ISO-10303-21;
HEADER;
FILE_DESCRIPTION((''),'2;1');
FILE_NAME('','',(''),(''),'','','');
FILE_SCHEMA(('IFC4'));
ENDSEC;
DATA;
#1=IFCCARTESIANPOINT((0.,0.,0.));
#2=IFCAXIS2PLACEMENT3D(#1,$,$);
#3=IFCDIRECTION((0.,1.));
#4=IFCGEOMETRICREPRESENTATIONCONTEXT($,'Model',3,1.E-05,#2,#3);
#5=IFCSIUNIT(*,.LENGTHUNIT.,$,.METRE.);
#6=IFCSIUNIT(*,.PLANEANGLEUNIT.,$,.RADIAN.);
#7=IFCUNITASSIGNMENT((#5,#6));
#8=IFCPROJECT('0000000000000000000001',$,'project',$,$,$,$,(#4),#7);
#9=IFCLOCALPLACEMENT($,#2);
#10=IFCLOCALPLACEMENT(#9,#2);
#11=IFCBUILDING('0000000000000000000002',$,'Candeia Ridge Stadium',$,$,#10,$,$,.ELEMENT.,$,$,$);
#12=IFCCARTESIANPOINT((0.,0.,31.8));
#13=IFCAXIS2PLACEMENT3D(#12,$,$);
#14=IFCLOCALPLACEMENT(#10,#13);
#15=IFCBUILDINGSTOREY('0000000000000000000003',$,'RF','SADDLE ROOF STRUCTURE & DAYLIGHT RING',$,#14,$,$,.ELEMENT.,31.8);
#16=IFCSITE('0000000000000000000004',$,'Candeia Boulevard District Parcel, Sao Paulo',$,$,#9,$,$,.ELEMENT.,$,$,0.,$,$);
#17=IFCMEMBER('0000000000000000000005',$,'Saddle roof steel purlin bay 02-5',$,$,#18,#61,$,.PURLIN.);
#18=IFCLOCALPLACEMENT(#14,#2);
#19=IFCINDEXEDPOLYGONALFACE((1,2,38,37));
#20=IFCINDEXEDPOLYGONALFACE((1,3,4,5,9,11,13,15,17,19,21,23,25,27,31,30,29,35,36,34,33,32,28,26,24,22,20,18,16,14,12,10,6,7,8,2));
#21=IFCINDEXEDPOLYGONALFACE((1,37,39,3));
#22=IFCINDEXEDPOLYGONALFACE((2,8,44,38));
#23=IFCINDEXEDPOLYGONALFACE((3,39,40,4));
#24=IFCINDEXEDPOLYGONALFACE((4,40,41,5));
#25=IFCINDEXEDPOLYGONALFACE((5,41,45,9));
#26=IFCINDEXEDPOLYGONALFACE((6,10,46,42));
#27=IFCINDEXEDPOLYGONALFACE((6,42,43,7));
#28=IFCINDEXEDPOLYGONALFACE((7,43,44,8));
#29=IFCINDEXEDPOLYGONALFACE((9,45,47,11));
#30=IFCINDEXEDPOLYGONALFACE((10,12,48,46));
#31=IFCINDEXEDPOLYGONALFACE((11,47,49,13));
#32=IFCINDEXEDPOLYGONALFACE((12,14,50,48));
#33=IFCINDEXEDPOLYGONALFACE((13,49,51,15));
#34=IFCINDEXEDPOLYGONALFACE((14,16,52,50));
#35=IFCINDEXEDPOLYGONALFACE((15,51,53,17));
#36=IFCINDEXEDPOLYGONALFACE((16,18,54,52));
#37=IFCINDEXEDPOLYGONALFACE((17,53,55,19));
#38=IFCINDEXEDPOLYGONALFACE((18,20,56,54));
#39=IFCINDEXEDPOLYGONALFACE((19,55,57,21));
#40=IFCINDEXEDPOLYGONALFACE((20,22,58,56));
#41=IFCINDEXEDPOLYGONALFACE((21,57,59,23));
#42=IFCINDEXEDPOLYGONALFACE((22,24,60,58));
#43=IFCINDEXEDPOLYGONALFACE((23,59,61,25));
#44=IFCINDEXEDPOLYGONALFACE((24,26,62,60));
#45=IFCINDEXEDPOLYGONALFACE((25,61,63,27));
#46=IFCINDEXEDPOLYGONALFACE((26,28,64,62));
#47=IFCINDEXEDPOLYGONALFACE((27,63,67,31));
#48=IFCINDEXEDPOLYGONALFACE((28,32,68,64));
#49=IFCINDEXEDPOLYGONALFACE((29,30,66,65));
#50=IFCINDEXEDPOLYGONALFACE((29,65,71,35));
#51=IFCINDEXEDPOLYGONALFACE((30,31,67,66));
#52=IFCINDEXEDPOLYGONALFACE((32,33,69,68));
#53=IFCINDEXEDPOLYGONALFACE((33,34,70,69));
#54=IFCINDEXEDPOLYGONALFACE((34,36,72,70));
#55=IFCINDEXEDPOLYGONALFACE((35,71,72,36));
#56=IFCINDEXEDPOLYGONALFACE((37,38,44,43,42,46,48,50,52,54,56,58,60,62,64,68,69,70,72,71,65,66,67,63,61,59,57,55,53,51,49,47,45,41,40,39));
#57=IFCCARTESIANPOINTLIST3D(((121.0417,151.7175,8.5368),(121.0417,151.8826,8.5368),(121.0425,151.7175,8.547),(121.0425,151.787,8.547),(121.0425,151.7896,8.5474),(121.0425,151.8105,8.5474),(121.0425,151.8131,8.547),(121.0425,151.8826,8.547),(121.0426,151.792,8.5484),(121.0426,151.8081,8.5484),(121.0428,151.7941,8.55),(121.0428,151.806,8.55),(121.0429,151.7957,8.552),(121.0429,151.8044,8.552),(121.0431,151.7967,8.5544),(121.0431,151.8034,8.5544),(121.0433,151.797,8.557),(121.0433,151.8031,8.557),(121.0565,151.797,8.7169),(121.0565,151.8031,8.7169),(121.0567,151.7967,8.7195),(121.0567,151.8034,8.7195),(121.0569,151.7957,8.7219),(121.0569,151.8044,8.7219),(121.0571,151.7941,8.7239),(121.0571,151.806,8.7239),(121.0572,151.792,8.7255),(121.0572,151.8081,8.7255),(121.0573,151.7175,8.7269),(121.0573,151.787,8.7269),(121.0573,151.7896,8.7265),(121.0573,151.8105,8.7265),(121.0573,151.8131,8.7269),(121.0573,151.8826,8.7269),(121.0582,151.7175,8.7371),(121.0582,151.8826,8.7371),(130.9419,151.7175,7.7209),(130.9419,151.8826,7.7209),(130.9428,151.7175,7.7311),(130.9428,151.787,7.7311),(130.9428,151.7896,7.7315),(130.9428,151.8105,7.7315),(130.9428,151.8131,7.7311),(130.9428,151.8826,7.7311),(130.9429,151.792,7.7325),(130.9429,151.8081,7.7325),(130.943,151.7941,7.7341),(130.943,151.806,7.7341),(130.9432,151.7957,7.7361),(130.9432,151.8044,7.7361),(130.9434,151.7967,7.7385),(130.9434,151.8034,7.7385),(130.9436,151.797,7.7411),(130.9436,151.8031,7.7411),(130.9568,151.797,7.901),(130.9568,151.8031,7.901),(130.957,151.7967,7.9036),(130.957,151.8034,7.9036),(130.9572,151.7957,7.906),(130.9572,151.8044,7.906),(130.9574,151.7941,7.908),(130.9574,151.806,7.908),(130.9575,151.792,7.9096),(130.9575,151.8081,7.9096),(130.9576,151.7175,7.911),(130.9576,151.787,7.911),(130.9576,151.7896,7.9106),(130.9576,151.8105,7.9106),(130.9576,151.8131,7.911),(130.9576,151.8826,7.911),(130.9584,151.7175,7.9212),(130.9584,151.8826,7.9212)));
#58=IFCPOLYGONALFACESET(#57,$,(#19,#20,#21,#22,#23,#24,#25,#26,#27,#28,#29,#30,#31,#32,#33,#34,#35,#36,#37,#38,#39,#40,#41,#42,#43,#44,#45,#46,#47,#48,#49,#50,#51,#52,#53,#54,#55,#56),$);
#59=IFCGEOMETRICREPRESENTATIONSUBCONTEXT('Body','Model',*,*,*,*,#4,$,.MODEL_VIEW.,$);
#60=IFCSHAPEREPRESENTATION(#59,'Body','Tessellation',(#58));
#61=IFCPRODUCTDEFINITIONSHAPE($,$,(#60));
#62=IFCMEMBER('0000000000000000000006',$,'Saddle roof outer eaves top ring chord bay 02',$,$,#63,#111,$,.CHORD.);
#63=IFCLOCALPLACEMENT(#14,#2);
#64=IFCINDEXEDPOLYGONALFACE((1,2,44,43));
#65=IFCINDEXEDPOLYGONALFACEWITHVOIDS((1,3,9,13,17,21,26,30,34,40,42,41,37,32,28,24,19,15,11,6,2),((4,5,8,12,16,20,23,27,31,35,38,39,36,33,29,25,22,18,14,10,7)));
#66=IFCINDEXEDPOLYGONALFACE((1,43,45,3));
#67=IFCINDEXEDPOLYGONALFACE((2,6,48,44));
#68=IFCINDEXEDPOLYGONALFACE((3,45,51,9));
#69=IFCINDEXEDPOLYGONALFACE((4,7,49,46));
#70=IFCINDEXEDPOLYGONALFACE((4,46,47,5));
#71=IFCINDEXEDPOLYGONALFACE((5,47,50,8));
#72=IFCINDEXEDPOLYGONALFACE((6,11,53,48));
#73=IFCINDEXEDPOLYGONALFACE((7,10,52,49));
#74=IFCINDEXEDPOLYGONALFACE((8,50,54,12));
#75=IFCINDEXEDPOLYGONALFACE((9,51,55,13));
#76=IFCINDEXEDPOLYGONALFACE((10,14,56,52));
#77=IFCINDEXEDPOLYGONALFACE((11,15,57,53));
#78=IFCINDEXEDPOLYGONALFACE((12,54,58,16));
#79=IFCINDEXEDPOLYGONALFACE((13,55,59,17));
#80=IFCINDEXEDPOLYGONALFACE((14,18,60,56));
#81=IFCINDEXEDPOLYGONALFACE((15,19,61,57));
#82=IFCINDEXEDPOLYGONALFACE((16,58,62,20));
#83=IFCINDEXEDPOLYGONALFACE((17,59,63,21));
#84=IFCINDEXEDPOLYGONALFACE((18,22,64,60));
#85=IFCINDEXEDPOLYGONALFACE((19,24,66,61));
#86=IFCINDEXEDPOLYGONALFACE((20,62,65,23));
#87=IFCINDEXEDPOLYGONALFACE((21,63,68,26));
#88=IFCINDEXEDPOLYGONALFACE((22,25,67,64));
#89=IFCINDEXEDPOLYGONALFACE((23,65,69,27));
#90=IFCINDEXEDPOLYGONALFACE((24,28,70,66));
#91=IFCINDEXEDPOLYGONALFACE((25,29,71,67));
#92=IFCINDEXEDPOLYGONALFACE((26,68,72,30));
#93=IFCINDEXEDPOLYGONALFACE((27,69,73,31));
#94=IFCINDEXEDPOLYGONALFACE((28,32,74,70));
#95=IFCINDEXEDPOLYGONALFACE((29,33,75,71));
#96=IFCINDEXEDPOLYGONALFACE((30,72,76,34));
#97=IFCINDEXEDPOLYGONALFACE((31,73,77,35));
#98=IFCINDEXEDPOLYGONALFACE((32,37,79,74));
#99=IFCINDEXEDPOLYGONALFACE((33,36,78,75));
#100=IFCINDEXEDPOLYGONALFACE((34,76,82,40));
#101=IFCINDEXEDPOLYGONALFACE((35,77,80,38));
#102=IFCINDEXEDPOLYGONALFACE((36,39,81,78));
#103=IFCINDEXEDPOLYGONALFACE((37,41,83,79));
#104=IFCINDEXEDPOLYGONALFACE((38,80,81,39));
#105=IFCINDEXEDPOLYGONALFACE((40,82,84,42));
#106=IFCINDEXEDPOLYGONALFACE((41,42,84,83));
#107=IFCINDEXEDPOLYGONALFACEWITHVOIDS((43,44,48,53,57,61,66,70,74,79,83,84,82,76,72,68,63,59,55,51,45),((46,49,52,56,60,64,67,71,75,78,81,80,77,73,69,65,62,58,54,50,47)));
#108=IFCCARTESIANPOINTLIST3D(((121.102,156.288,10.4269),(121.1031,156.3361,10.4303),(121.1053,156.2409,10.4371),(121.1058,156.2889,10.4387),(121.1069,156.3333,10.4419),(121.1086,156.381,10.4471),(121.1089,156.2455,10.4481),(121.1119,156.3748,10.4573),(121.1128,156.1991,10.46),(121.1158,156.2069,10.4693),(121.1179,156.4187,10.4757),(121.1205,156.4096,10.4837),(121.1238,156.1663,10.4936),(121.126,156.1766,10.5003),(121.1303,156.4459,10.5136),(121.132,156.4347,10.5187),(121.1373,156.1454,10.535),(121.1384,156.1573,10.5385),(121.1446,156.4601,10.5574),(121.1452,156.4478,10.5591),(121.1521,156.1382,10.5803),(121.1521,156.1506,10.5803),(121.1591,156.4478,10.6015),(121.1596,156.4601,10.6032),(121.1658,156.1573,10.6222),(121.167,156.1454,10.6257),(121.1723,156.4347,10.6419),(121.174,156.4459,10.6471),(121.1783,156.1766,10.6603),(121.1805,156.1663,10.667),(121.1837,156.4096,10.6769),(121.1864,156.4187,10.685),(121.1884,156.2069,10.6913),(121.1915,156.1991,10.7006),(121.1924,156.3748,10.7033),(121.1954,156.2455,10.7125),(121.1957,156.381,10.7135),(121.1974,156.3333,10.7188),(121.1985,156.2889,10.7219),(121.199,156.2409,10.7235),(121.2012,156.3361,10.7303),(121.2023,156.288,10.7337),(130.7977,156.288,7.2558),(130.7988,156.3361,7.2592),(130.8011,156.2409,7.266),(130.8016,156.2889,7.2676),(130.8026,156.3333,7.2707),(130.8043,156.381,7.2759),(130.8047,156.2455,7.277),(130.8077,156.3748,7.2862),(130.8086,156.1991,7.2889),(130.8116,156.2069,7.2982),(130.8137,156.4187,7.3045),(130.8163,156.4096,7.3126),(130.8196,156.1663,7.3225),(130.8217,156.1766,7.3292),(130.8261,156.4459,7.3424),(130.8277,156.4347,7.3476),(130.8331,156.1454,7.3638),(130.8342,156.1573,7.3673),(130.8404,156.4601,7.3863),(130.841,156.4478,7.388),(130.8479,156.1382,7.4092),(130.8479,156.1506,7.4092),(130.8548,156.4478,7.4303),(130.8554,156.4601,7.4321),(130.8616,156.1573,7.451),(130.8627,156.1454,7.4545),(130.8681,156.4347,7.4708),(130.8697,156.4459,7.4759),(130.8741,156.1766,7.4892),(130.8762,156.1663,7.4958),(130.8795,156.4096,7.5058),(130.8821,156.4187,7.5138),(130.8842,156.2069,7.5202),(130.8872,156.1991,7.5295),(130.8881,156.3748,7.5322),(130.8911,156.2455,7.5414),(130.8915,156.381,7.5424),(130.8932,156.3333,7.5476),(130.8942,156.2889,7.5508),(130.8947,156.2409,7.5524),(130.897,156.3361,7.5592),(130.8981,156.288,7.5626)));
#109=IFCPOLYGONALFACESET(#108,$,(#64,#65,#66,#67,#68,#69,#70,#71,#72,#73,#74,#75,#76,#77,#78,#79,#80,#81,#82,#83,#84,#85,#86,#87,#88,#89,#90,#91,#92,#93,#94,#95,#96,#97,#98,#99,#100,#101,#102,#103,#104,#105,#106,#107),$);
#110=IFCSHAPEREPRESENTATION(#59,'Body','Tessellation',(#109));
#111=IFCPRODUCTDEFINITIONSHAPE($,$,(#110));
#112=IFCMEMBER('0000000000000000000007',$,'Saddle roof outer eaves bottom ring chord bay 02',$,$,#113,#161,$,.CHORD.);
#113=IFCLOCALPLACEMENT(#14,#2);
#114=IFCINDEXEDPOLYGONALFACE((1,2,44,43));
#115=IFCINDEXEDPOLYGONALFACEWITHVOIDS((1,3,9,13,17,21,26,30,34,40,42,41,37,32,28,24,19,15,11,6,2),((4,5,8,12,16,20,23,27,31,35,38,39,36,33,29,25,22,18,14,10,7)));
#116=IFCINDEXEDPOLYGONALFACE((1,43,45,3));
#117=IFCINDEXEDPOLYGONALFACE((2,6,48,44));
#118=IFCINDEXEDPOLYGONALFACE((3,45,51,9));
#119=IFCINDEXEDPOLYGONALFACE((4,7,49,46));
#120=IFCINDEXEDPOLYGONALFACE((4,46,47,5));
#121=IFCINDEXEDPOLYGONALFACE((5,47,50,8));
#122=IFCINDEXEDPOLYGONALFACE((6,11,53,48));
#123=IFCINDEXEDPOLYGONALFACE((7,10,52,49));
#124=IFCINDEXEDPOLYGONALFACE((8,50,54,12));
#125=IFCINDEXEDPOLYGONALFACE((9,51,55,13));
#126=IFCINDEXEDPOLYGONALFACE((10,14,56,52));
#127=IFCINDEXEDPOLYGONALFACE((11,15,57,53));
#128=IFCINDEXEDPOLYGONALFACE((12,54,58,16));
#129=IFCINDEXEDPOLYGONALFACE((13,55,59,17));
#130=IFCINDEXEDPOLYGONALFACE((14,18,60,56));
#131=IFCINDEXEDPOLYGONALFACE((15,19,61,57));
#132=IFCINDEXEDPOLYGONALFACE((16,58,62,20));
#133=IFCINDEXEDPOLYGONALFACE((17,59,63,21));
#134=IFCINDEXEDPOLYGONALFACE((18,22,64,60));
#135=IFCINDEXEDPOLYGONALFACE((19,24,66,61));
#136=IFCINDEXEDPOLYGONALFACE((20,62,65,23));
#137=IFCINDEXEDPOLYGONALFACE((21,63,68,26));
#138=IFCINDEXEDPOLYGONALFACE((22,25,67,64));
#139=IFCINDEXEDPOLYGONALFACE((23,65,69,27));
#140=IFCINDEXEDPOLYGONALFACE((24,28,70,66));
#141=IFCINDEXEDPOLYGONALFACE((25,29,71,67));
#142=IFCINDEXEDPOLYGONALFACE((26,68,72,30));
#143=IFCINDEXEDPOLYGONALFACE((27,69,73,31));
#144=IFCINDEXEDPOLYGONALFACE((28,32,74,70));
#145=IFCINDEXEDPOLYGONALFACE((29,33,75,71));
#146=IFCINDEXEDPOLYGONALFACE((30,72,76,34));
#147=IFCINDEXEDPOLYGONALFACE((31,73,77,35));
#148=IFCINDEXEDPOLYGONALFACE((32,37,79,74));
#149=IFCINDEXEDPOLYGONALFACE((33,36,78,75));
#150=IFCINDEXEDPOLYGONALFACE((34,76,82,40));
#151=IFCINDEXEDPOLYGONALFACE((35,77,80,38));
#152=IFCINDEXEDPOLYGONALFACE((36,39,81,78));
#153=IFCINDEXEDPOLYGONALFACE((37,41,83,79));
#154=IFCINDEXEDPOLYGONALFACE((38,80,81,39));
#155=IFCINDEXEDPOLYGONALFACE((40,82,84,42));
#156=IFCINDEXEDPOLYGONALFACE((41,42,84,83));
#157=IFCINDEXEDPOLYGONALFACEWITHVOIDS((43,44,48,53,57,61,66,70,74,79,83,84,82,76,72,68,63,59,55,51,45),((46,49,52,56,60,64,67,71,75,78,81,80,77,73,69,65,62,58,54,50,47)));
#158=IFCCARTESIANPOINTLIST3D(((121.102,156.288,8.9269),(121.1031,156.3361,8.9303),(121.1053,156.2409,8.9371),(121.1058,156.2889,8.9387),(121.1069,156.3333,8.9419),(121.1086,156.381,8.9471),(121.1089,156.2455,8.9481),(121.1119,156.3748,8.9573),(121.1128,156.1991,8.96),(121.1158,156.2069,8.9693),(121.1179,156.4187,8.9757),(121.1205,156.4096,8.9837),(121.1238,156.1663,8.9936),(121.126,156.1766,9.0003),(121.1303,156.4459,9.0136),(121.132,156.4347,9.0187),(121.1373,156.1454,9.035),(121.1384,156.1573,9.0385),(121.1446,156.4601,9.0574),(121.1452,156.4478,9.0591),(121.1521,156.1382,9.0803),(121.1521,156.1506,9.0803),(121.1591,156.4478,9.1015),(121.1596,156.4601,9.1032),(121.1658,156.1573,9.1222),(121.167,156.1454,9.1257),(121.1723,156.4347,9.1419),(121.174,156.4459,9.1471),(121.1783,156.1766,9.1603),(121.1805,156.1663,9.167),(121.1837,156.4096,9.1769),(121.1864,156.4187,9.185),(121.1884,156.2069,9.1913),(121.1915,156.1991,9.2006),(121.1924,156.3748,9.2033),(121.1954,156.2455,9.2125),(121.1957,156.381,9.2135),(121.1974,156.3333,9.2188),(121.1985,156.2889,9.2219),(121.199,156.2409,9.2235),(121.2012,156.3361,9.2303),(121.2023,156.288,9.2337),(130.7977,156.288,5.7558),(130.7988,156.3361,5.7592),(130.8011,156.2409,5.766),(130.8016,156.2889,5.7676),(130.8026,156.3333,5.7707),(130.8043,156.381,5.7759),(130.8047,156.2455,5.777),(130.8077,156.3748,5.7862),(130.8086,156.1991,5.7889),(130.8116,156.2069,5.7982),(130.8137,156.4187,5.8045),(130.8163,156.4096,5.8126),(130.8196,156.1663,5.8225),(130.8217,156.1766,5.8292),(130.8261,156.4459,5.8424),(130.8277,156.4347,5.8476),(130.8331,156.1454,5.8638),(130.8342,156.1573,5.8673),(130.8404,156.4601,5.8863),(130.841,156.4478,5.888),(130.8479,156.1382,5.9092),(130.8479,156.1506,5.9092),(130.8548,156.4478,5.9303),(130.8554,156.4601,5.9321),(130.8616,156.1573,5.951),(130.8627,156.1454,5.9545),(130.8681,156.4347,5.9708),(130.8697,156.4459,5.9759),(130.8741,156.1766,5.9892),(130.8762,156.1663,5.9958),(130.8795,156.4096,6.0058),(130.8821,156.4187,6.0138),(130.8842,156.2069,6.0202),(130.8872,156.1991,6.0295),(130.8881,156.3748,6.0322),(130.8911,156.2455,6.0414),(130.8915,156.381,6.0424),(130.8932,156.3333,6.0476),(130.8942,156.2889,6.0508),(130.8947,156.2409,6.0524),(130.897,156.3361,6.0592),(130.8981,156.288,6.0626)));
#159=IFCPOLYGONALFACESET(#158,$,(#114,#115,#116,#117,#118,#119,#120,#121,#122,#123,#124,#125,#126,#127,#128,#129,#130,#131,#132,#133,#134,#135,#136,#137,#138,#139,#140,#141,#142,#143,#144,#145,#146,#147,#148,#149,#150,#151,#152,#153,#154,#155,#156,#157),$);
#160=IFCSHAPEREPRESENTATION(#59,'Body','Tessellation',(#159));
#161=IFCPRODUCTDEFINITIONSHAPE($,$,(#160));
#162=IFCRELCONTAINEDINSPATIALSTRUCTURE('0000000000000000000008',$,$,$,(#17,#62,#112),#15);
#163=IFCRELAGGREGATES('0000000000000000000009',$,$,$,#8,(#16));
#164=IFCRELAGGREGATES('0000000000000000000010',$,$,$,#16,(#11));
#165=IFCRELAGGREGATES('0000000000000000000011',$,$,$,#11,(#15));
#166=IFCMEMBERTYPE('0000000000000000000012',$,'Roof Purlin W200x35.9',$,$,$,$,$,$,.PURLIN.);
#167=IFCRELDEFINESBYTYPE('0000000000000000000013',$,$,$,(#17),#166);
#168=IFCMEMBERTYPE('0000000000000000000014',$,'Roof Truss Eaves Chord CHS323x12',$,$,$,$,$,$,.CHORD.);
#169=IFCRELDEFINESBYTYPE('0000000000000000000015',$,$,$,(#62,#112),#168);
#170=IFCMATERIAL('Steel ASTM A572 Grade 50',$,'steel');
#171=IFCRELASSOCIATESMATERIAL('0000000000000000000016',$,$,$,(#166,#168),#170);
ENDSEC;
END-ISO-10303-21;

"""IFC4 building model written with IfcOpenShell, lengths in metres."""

from ifc_helpers import new_model, si_unit, direction, frame, origin, origin_2d, place, context, subcontext, project, spatial, hollow_circle, i_section, extrude, material, material_profile, profile_set, type_object, element, save


model = new_model("IFC4")

# Units and contexts
model_context = context("Model", 3, precision=1e-05, world=origin(), true_north=direction((0.0, 1.0)))
body_context = subcontext(model_context, "Body", "Model", "MODEL_VIEW")
ifc_project = project(units=[si_unit("LENGTHUNIT", "METRE"), si_unit("PLANEANGLEUNIT", "RADIAN")], contexts=[model_context])

# Site, building, storey
site_placement = place(None, origin())
site = spatial("IfcSite", under=ifc_project, at=site_placement, Name="Candeia Boulevard District Parcel, Sao Paulo", CompositionType="ELEMENT", RefElevation=0.0)
building_placement = place(site_placement, origin())
building = spatial("IfcBuilding", under=site, at=building_placement, Name="Candeia Ridge Stadium", CompositionType="ELEMENT")
storey_placement = place(building_placement, frame((0.0, 0.0, 31.8)))
storey = spatial("IfcBuildingStorey", under=building, at=storey_placement, Name="RF", Description="SADDLE ROOF STRUCTURE & DAYLIGHT RING", CompositionType="ELEMENT", Elevation=31.8)

# Shared definitions
ifc_material_1 = material(Name="Steel ASTM A572 Grade 50", Category="steel")

# Members
ifc_material_profile_1 = material_profile(ifc_material_1, i_section(OverallWidth=0.165, OverallDepth=0.2009, WebThickness=0.0061, FlangeThickness=0.0103, FilletRadius=0.01, at=origin_2d()), Name="W200x35.9", Category="steel")
ifc_profile_set_1 = profile_set([ifc_material_profile_1], Name="Steel ASTM A572 Grade 50")
member_type_1 = type_object("IfcMemberType", Name="Roof Purlin W200x35.9", PredefinedType="PURLIN", material=ifc_profile_set_1)
member_1_placement = place(storey_placement, frame((130.9502, 151.8, 7.821), z_axis=(-0.996621, 0.0, 0.082134), x_axis=(0.0, -1.0, 0.0)))
element("IfcMember", 1, at=member_1_placement, inside=storey, type_object=member_type_1, Name="Saddle roof steel purlin bay 02-5", PredefinedType="PURLIN", context=body_context, shape_type="SweptSolid", body=[
    extrude(i_section(OverallWidth=0.165, OverallDepth=0.2009, WebThickness=0.0061, FlangeThickness=0.0103, FilletRadius=0.01, at=origin_2d()), origin(), (0.0, 0.0, 1.0), 9.9338),
])
ifc_material_profile_2 = material_profile(ifc_material_1, hollow_circle(Radius=0.1619, WallThickness=0.0125, at=origin_2d()), Name="CHS323x12", Category="steel")
ifc_profile_set_2 = profile_set([ifc_material_profile_2], Name="Steel ASTM A572 Grade 50")
member_type_2 = type_object("IfcMemberType", Name="Roof Truss Eaves Chord CHS323x12", PredefinedType="CHORD", material=ifc_profile_set_2)
for number, where, z_axis, x_axis, name in (
    (2, (130.8479, 156.3, 7.4092), (-0.950456, 0.0, 0.310859), (0.0, -1.0, 0.0), "Saddle roof outer eaves top ring chord bay 02"),
    (3, (130.8479, 156.3, 5.9092), (-0.950456, 0.0, 0.310859), (0.0, -1.0, 0.0), "Saddle roof outer eaves bottom ring chord bay 02"),
):
    element("IfcMember", number, at=place(storey_placement, frame(where, z_axis=z_axis, x_axis=x_axis)), inside=storey, type_object=member_type_2, Name=name, PredefinedType="CHORD", context=body_context, shape_type="SweptSolid", body=[
        extrude(hollow_circle(Radius=0.1619, WallThickness=0.0125, at=origin_2d()), origin(), (0.0, 0.0, 1.0), 10.2012),
    ])

save(model, "model.ifc")
